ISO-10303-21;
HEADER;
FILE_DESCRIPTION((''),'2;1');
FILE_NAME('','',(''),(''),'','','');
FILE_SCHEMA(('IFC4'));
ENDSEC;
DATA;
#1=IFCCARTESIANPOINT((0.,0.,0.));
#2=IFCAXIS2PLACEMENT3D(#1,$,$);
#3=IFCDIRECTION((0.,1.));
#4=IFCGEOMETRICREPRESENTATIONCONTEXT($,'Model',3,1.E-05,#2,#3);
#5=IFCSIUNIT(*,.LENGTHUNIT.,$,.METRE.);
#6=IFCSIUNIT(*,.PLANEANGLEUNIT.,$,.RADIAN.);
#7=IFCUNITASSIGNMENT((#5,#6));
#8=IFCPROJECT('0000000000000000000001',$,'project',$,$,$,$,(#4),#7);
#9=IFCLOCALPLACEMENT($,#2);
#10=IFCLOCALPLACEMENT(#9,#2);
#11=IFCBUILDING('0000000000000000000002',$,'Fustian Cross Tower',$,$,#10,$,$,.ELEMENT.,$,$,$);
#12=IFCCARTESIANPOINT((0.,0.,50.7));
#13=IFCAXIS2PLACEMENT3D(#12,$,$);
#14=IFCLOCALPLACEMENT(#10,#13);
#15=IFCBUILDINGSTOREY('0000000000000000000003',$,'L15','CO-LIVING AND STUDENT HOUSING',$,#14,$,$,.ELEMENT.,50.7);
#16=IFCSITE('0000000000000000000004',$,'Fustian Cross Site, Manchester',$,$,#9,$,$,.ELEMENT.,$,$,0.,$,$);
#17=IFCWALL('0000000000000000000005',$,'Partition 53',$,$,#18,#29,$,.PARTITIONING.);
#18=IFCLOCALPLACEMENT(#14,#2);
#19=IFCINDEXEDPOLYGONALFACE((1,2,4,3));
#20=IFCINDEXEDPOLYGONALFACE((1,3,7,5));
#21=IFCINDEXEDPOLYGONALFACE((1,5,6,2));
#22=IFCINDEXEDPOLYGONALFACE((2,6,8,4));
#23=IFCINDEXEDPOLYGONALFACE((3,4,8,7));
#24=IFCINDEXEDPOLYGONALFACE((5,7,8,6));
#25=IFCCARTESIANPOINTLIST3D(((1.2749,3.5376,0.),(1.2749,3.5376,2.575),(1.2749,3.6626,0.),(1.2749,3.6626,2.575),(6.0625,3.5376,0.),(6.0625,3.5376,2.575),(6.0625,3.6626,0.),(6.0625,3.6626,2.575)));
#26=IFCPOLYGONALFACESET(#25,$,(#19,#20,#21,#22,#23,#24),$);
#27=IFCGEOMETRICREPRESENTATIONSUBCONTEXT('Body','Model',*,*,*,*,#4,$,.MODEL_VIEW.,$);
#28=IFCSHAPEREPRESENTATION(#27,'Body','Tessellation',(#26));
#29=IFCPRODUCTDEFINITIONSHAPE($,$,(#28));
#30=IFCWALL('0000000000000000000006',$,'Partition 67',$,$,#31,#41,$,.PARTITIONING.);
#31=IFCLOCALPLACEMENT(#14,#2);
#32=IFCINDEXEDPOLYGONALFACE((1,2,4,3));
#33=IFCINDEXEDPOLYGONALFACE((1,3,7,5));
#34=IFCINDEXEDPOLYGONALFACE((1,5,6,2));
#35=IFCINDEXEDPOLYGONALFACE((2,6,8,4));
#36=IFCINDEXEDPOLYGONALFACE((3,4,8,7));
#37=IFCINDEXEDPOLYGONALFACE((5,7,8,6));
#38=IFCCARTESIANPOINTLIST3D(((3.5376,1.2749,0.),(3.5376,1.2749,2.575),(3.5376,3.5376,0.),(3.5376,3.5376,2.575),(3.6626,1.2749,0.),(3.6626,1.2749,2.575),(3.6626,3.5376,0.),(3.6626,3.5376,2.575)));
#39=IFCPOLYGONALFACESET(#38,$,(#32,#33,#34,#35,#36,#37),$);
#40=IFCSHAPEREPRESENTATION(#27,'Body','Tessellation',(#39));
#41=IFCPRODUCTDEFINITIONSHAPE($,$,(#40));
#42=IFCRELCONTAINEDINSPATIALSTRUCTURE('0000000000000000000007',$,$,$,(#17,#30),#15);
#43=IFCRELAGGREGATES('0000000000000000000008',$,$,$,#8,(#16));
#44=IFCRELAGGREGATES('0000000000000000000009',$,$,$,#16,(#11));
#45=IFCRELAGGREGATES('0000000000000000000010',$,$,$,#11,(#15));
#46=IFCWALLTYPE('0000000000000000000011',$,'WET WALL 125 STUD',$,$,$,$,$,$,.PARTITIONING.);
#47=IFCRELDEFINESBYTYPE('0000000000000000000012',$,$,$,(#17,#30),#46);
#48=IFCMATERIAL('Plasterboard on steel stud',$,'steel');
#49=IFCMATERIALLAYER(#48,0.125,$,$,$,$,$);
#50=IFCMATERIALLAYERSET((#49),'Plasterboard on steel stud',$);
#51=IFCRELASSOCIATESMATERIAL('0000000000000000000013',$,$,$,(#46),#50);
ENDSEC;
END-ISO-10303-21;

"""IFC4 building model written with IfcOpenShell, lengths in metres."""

from ifc_helpers import new_model, si_unit, direction, frame, frame_2d, origin, place, context, subcontext, project, spatial, rectangle, extrude, material, layer, layer_set, type_object, element, save


model = new_model("IFC4")

# Units and contexts
model_context = context("Model", 3, precision=1e-05, world=origin(), true_north=direction((0.0, 1.0)))
body_context = subcontext(model_context, "Body", "Model", "MODEL_VIEW")
ifc_project = project(units=[si_unit("LENGTHUNIT", "METRE"), si_unit("PLANEANGLEUNIT", "RADIAN")], contexts=[model_context])

# Site, building, storey
site_placement = place(None, origin())
site = spatial("IfcSite", under=ifc_project, at=site_placement, Name="Fustian Cross Site, Manchester", CompositionType="ELEMENT", RefElevation=0.0)
building_placement = place(site_placement, origin())
building = spatial("IfcBuilding", under=site, at=building_placement, Name="Fustian Cross Tower", CompositionType="ELEMENT")
storey_placement = place(building_placement, frame((0.0, 0.0, 50.7)))
storey = spatial("IfcBuildingStorey", under=building, at=storey_placement, Name="L15", Description="CO-LIVING AND STUDENT HOUSING", CompositionType="ELEMENT", Elevation=50.7)

# Walls
ifc_material_1 = material(Name="Plasterboard on steel stud", Category="steel")
ifc_layer_1 = layer(ifc_material_1, 0.125)
ifc_layer_set_1 = layer_set([ifc_layer_1], Name="Plasterboard on steel stud")
wall_type_1 = type_object("IfcWallType", Name="WET WALL 125 STUD", PredefinedType="PARTITIONING", material=ifc_layer_set_1)
wall_1_placement = place(storey_placement, frame((1.2749, 3.6001, 0.0), z_axis=(0.0, 0.0, 1.0), x_axis=(1.0, 0.0, 0.0)))
element("IfcWall", 1, at=wall_1_placement, inside=storey, type_object=wall_type_1, Name="Partition 53", PredefinedType="PARTITIONING", context=body_context, shape_type="SweptSolid", body=[
    extrude(rectangle(XDim=4.7876, YDim=0.125, at=frame_2d((2.3938, 0.0))), origin(), (0.0, 0.0, 1.0), 2.575),
])
wall_2_placement = place(storey_placement, frame((3.6001, 1.2749, 0.0), z_axis=(0.0, 0.0, 1.0), x_axis=(0.0, 1.0, 0.0)))
element("IfcWall", 2, at=wall_2_placement, inside=storey, type_object=wall_type_1, Name="Partition 67", PredefinedType="PARTITIONING", context=body_context, shape_type="SweptSolid", body=[
    extrude(rectangle(XDim=2.2627, YDim=0.125, at=frame_2d((1.1313, 0.0))), origin(), (0.0, 0.0, 1.0), 2.575),
])

save(model, "model.ifc")
